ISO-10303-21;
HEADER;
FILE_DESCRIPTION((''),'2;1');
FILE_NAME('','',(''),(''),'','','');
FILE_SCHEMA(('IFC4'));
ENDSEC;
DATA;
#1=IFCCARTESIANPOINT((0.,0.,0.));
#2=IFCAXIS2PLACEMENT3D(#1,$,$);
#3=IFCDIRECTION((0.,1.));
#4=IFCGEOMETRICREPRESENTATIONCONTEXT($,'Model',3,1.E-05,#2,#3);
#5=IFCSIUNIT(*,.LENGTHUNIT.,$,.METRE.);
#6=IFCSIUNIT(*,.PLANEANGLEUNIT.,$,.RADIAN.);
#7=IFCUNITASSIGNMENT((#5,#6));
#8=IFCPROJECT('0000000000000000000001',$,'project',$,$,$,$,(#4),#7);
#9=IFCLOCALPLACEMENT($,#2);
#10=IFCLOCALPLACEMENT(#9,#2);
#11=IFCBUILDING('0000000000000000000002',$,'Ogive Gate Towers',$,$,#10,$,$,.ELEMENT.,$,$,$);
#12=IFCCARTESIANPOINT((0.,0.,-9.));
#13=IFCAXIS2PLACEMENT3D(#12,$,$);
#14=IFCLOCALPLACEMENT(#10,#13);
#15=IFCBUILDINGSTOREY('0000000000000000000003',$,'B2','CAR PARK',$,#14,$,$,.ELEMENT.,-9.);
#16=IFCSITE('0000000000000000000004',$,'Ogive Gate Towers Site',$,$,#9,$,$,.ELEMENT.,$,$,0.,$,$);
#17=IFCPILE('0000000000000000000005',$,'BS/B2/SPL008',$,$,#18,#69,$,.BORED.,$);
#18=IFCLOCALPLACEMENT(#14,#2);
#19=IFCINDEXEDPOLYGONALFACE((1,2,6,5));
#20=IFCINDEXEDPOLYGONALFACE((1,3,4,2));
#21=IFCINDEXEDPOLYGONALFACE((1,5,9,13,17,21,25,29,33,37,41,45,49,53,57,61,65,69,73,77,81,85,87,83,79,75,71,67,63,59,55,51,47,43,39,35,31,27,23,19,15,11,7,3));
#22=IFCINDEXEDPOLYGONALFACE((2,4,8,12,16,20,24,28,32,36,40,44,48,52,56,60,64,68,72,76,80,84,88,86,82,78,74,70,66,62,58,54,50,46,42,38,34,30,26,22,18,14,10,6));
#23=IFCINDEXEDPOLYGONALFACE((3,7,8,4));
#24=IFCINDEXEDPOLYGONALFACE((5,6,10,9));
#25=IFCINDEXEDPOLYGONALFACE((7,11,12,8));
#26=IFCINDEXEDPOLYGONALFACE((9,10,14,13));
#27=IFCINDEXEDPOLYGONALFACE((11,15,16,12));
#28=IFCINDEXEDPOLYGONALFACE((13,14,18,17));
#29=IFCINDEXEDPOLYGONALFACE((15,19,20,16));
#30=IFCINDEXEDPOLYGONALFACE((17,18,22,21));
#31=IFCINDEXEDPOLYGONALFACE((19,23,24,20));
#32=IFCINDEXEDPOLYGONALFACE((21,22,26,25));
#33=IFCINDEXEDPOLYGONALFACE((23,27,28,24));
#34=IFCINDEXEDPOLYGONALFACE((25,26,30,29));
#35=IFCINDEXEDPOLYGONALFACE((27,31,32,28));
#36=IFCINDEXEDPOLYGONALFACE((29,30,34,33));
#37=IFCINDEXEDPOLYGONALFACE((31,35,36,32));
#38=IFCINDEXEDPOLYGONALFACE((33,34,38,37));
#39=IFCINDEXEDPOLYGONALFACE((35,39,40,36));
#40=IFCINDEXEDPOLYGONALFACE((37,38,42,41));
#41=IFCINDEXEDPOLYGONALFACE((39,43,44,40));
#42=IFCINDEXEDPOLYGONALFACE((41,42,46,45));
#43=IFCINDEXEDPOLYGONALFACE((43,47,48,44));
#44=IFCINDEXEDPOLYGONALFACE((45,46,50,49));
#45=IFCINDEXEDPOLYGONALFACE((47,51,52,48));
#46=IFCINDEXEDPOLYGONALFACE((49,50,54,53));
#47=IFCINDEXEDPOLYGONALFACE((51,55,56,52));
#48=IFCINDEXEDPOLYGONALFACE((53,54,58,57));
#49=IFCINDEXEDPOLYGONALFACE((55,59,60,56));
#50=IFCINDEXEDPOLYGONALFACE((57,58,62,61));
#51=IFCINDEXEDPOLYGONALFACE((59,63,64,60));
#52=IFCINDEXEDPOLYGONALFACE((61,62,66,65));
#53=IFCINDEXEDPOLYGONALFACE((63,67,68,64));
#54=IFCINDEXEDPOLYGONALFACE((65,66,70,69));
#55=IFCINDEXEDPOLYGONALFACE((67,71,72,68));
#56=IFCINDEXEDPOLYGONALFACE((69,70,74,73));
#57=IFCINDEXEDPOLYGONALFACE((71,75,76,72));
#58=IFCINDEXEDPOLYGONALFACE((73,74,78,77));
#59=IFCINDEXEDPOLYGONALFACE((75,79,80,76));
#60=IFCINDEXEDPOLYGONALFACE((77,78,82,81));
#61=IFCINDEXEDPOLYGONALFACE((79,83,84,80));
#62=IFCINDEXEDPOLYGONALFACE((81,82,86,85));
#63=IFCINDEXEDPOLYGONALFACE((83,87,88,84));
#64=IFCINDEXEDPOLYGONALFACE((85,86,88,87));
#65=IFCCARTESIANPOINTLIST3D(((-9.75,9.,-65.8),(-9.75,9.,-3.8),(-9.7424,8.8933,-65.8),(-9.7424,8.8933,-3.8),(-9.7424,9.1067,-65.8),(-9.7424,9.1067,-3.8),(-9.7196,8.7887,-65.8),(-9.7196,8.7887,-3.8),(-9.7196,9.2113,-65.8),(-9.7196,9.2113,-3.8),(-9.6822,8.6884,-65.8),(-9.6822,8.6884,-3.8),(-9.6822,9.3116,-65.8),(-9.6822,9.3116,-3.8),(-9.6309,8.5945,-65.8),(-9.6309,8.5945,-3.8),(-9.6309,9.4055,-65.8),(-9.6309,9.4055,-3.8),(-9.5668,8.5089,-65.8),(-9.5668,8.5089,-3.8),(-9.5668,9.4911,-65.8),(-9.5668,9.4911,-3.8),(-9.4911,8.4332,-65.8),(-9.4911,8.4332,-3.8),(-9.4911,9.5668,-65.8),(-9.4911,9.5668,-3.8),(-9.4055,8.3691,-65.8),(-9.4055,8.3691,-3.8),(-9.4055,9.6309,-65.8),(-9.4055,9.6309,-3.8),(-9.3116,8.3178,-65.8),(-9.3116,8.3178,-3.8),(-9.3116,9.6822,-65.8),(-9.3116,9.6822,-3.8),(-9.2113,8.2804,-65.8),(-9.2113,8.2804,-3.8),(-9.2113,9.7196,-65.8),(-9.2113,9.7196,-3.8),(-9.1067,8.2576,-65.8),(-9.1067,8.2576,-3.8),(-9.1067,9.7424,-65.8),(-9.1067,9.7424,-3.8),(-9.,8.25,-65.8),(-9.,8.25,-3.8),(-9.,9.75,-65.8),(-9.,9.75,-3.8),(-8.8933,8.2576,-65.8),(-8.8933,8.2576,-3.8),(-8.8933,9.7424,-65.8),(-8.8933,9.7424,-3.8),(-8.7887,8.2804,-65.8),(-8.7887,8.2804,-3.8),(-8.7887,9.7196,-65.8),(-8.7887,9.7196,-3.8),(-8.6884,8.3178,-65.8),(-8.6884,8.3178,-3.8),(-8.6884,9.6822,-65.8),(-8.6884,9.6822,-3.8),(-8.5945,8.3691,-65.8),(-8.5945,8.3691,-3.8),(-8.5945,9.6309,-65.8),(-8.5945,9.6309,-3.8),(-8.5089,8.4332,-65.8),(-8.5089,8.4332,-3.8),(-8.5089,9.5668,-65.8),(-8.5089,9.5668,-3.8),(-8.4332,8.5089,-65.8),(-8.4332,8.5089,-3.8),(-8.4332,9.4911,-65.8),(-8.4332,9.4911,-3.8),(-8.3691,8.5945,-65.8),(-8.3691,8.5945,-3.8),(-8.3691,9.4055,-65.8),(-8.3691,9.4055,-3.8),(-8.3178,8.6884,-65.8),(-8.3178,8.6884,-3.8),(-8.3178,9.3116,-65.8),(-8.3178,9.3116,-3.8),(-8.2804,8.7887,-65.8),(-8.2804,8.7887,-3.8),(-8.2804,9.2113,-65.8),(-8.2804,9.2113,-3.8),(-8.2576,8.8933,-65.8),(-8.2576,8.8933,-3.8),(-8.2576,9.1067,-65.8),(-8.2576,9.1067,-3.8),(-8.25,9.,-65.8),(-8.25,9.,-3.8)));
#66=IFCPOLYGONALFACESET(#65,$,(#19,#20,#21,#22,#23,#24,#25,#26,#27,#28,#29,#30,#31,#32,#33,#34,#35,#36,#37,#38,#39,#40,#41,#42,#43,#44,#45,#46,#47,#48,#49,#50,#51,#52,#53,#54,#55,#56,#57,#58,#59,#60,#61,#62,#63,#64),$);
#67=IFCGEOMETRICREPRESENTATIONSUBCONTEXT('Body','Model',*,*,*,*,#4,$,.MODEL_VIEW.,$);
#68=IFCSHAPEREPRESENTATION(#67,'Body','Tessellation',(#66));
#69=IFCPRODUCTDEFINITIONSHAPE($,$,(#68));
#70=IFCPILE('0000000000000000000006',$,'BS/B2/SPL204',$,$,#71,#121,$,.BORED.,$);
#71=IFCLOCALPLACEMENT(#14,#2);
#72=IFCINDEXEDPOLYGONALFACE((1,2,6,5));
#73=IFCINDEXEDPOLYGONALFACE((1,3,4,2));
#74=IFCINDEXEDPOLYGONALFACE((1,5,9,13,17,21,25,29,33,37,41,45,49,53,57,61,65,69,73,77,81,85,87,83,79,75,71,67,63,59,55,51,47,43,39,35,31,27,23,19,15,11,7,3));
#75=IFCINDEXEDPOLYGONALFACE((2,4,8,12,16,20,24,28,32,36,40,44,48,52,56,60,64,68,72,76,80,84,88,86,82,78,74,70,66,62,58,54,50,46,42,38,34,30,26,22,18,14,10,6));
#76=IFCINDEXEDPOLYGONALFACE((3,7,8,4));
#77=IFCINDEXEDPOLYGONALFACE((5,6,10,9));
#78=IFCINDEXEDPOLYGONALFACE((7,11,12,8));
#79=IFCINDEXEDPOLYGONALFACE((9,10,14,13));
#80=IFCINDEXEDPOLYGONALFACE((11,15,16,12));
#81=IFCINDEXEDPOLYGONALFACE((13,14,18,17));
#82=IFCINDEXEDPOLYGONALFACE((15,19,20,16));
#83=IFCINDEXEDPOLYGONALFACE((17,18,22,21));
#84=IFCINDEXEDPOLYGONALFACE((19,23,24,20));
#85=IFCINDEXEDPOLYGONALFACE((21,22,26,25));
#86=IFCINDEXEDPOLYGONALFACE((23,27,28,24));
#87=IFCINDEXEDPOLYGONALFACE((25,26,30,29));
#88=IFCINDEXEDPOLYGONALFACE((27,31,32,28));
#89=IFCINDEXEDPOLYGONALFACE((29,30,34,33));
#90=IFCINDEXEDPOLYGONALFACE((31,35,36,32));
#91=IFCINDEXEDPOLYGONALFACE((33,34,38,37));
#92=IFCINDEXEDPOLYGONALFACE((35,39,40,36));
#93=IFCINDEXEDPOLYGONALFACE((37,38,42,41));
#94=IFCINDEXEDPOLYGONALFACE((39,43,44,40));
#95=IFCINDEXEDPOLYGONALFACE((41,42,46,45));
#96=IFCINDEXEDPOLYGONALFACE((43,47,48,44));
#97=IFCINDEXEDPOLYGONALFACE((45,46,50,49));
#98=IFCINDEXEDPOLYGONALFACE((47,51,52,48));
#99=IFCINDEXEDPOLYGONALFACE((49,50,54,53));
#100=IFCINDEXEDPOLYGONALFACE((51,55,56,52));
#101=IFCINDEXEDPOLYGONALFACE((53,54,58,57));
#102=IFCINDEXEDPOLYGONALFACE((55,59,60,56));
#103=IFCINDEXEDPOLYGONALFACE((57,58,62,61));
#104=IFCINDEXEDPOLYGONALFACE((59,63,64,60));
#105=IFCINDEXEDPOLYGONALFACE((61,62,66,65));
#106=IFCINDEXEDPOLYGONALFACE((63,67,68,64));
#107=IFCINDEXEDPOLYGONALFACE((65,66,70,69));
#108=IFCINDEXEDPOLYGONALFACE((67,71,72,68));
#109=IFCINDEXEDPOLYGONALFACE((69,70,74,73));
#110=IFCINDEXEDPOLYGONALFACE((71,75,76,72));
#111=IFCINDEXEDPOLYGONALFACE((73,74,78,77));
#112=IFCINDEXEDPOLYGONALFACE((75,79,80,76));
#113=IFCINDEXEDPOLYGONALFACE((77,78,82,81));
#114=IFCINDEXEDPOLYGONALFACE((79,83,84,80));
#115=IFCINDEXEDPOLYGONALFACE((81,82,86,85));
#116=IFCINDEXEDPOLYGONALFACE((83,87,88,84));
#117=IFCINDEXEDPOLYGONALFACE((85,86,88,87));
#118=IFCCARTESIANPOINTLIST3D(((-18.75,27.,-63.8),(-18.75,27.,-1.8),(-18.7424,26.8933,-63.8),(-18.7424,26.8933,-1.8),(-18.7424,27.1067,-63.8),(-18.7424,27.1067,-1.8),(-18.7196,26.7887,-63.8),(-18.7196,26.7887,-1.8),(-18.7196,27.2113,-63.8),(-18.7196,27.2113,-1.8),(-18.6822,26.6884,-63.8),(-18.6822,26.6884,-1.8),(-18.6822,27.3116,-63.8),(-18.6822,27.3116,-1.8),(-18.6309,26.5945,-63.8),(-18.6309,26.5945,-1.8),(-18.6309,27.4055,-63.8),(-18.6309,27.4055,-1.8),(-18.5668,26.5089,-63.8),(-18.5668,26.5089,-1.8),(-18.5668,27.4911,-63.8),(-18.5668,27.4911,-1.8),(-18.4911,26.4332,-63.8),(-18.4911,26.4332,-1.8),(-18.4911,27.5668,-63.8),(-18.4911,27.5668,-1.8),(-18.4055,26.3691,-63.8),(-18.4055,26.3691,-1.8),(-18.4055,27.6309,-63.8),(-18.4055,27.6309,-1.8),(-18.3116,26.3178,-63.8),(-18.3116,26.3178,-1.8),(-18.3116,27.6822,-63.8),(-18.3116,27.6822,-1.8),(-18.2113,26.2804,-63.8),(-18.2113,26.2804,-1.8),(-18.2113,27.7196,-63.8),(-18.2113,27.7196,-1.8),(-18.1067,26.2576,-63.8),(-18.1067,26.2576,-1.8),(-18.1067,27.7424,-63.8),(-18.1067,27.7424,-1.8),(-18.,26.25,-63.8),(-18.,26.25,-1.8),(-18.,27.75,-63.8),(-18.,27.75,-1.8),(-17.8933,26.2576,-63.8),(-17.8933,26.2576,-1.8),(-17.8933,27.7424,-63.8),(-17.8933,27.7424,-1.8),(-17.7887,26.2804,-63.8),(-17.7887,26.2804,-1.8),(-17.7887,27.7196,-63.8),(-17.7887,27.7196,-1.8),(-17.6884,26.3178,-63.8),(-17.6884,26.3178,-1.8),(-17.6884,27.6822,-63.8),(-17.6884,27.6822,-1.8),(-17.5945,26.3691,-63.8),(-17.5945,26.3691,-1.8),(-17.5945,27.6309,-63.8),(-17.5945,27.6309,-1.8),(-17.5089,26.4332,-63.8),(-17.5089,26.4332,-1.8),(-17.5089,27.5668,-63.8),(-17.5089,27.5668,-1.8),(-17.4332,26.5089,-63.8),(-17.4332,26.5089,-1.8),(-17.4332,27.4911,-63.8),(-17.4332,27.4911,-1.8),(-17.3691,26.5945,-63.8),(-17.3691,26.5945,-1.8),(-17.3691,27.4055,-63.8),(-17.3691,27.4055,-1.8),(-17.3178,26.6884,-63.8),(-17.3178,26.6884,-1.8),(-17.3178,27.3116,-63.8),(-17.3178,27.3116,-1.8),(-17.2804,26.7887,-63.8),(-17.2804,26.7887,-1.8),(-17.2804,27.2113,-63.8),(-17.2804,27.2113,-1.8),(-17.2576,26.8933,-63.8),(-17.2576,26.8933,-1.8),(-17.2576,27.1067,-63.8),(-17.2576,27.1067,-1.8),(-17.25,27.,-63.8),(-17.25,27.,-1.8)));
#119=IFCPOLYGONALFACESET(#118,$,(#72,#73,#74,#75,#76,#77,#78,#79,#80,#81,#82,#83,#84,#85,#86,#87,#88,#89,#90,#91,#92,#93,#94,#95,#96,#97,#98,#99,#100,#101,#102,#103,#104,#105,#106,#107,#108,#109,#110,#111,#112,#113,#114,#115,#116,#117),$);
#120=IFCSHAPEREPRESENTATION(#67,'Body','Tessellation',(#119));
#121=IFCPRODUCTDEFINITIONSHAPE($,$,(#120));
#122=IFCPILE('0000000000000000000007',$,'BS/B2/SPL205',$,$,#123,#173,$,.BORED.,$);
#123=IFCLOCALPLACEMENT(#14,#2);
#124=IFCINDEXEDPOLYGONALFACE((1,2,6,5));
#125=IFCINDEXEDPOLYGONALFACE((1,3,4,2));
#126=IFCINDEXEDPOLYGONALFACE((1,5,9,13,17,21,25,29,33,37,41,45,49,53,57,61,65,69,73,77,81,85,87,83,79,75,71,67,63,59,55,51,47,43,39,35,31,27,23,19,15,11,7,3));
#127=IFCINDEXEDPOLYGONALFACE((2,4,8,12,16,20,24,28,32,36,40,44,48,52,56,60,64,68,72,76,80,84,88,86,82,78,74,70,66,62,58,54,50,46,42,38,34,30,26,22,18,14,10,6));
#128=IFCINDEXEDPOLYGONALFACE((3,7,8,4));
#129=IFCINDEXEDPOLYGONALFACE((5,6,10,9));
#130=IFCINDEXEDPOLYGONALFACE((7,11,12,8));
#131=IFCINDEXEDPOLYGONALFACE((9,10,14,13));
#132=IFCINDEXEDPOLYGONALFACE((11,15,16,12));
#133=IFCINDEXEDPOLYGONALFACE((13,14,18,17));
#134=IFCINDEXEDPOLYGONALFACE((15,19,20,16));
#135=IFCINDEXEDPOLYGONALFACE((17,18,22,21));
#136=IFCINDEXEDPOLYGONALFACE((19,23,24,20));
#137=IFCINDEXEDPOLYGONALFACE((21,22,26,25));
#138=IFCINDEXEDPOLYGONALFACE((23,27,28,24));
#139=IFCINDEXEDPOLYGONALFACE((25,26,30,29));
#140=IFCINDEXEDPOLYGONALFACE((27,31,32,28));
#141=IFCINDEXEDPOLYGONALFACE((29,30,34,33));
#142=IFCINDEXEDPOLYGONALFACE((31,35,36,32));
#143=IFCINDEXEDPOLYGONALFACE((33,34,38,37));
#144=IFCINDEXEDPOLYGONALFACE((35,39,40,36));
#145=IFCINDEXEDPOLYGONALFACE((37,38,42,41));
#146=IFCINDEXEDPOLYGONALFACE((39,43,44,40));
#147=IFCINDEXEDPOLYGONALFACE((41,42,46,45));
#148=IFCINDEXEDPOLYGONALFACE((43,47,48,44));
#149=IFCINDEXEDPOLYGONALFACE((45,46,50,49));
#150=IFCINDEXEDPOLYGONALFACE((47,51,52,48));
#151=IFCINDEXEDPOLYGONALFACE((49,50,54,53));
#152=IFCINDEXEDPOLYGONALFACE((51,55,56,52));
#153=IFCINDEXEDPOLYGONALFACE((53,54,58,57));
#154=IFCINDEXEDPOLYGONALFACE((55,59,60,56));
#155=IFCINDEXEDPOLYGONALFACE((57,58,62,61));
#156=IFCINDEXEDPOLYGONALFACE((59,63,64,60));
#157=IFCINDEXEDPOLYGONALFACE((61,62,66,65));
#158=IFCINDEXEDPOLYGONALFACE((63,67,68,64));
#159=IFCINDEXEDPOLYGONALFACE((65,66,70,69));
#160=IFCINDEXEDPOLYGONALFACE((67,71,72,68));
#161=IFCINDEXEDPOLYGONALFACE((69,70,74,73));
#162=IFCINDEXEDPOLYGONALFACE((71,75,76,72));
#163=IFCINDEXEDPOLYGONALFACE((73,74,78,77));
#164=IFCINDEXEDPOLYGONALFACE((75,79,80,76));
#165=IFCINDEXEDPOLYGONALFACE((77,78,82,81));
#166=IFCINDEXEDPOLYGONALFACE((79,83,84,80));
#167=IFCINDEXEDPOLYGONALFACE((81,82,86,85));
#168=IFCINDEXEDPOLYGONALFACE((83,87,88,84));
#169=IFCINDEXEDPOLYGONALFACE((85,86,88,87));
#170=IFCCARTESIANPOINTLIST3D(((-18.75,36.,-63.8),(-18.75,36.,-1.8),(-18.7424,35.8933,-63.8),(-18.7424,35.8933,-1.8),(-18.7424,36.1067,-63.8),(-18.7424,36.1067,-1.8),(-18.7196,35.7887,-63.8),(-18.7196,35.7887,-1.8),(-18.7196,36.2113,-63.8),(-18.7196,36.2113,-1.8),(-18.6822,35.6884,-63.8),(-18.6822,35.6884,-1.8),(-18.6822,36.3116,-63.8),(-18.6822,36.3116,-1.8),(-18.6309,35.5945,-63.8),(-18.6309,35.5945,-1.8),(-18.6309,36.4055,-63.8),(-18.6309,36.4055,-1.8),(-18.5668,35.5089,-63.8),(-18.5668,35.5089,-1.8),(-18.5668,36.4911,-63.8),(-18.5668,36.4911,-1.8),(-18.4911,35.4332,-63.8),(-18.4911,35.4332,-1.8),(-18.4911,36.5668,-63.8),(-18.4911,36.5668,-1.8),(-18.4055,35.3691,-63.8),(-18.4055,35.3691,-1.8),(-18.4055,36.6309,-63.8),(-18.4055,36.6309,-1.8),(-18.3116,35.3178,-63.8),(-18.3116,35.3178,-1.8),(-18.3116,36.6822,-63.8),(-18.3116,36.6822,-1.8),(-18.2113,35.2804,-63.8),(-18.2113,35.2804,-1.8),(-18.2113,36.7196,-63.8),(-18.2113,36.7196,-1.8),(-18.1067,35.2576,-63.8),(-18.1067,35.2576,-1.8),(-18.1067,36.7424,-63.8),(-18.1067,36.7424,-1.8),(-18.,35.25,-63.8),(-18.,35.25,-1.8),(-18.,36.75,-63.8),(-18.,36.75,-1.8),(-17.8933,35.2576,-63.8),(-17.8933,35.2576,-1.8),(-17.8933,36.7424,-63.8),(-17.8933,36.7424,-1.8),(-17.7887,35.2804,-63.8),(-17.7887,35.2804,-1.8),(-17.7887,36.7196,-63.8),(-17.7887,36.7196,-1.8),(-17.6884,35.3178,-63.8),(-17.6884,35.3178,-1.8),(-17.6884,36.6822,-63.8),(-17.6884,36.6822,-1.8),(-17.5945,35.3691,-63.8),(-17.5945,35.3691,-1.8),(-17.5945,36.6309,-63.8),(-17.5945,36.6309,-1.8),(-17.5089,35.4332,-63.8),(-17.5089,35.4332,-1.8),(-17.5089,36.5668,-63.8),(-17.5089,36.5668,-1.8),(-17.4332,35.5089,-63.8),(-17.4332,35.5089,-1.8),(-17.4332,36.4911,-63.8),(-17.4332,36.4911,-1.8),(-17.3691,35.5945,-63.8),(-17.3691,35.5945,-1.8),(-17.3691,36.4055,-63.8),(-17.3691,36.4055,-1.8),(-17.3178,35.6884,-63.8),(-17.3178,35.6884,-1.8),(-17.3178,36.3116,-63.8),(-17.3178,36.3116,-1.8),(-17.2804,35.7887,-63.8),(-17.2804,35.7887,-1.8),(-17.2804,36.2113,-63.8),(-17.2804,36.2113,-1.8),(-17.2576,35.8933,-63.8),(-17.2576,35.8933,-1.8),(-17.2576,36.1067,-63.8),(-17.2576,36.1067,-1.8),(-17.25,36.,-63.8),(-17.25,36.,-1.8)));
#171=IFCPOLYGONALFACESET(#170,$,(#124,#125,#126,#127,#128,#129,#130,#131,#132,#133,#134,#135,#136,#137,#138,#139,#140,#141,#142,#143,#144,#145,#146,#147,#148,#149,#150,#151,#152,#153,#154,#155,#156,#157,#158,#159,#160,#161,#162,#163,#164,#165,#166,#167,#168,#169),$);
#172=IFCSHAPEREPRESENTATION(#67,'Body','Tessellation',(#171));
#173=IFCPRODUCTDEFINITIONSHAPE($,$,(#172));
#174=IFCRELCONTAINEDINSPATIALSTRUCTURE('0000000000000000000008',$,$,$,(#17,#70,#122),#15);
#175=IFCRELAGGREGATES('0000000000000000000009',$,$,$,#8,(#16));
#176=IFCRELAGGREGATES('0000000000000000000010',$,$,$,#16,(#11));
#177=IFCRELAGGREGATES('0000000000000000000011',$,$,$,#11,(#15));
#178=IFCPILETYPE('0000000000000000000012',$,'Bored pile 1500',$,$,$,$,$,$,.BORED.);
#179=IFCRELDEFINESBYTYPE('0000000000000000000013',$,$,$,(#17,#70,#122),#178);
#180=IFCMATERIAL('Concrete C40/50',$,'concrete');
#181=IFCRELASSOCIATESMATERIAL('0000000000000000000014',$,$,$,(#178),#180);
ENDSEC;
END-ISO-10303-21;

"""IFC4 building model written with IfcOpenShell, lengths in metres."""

from ifc_helpers import new_model, si_unit, direction, frame, origin, origin_2d, place, context, subcontext, project, spatial, circle, extrude, material, material_profile, profile_set, type_object, element, save


model = new_model("IFC4")

# Units and contexts
model_context = context("Model", 3, precision=1e-05, world=origin(), true_north=direction((0.0, 1.0)))
body_context = subcontext(model_context, "Body", "Model", "MODEL_VIEW")
ifc_project = project(units=[si_unit("LENGTHUNIT", "METRE"), si_unit("PLANEANGLEUNIT", "RADIAN")], contexts=[model_context])

# Site, building, storey
site_placement = place(None, origin())
site = spatial("IfcSite", under=ifc_project, at=site_placement, Name="Ogive Gate Towers Site", CompositionType="ELEMENT", RefElevation=0.0)
building_placement = place(site_placement, origin())
building = spatial("IfcBuilding", under=site, at=building_placement, Name="Ogive Gate Towers", CompositionType="ELEMENT")
storey_placement = place(building_placement, frame((0.0, 0.0, -9.0)))
storey = spatial("IfcBuildingStorey", under=building, at=storey_placement, Name="B2", Description="CAR PARK", CompositionType="ELEMENT", Elevation=-9.0)

# Piles
ifc_material_1 = material(Name="Concrete C40/50", Category="concrete")
ifc_material_profile_1 = material_profile(ifc_material_1, circle(Radius=0.75, at=origin_2d()), Name="BP 1500")
ifc_profile_set_1 = profile_set([ifc_material_profile_1], Name="Concrete C40/50")
pile_type_1 = type_object("IfcPileType", Name="Bored pile 1500", PredefinedType="BORED", material=ifc_profile_set_1)
for number, where, z_axis, x_axis, name in (
    (1, (-9.0, 9.0, -3.8), (0.0, 0.0, -1.0), (1.0, 0.0, 0.0), "BS/B2/SPL008"),
    (2, (-18.0, 27.0, -1.8), (0.0, 0.0, -1.0), (1.0, 0.0, 0.0), "BS/B2/SPL204"),
    (3, (-18.0, 36.0, -1.8), (0.0, 0.0, -1.0), (1.0, 0.0, 0.0), "BS/B2/SPL205"),
):
    element("IfcPile", number, at=place(storey_placement, frame(where, z_axis=z_axis, x_axis=x_axis)), inside=storey, type_object=pile_type_1, Name=name, PredefinedType="BORED", context=body_context, shape_type="SweptSolid", body=[
        extrude(circle(Radius=0.75, at=origin_2d()), origin(), (0.0, 0.0, 1.0), 62.0),
    ])

save(model, "model.ifc")
